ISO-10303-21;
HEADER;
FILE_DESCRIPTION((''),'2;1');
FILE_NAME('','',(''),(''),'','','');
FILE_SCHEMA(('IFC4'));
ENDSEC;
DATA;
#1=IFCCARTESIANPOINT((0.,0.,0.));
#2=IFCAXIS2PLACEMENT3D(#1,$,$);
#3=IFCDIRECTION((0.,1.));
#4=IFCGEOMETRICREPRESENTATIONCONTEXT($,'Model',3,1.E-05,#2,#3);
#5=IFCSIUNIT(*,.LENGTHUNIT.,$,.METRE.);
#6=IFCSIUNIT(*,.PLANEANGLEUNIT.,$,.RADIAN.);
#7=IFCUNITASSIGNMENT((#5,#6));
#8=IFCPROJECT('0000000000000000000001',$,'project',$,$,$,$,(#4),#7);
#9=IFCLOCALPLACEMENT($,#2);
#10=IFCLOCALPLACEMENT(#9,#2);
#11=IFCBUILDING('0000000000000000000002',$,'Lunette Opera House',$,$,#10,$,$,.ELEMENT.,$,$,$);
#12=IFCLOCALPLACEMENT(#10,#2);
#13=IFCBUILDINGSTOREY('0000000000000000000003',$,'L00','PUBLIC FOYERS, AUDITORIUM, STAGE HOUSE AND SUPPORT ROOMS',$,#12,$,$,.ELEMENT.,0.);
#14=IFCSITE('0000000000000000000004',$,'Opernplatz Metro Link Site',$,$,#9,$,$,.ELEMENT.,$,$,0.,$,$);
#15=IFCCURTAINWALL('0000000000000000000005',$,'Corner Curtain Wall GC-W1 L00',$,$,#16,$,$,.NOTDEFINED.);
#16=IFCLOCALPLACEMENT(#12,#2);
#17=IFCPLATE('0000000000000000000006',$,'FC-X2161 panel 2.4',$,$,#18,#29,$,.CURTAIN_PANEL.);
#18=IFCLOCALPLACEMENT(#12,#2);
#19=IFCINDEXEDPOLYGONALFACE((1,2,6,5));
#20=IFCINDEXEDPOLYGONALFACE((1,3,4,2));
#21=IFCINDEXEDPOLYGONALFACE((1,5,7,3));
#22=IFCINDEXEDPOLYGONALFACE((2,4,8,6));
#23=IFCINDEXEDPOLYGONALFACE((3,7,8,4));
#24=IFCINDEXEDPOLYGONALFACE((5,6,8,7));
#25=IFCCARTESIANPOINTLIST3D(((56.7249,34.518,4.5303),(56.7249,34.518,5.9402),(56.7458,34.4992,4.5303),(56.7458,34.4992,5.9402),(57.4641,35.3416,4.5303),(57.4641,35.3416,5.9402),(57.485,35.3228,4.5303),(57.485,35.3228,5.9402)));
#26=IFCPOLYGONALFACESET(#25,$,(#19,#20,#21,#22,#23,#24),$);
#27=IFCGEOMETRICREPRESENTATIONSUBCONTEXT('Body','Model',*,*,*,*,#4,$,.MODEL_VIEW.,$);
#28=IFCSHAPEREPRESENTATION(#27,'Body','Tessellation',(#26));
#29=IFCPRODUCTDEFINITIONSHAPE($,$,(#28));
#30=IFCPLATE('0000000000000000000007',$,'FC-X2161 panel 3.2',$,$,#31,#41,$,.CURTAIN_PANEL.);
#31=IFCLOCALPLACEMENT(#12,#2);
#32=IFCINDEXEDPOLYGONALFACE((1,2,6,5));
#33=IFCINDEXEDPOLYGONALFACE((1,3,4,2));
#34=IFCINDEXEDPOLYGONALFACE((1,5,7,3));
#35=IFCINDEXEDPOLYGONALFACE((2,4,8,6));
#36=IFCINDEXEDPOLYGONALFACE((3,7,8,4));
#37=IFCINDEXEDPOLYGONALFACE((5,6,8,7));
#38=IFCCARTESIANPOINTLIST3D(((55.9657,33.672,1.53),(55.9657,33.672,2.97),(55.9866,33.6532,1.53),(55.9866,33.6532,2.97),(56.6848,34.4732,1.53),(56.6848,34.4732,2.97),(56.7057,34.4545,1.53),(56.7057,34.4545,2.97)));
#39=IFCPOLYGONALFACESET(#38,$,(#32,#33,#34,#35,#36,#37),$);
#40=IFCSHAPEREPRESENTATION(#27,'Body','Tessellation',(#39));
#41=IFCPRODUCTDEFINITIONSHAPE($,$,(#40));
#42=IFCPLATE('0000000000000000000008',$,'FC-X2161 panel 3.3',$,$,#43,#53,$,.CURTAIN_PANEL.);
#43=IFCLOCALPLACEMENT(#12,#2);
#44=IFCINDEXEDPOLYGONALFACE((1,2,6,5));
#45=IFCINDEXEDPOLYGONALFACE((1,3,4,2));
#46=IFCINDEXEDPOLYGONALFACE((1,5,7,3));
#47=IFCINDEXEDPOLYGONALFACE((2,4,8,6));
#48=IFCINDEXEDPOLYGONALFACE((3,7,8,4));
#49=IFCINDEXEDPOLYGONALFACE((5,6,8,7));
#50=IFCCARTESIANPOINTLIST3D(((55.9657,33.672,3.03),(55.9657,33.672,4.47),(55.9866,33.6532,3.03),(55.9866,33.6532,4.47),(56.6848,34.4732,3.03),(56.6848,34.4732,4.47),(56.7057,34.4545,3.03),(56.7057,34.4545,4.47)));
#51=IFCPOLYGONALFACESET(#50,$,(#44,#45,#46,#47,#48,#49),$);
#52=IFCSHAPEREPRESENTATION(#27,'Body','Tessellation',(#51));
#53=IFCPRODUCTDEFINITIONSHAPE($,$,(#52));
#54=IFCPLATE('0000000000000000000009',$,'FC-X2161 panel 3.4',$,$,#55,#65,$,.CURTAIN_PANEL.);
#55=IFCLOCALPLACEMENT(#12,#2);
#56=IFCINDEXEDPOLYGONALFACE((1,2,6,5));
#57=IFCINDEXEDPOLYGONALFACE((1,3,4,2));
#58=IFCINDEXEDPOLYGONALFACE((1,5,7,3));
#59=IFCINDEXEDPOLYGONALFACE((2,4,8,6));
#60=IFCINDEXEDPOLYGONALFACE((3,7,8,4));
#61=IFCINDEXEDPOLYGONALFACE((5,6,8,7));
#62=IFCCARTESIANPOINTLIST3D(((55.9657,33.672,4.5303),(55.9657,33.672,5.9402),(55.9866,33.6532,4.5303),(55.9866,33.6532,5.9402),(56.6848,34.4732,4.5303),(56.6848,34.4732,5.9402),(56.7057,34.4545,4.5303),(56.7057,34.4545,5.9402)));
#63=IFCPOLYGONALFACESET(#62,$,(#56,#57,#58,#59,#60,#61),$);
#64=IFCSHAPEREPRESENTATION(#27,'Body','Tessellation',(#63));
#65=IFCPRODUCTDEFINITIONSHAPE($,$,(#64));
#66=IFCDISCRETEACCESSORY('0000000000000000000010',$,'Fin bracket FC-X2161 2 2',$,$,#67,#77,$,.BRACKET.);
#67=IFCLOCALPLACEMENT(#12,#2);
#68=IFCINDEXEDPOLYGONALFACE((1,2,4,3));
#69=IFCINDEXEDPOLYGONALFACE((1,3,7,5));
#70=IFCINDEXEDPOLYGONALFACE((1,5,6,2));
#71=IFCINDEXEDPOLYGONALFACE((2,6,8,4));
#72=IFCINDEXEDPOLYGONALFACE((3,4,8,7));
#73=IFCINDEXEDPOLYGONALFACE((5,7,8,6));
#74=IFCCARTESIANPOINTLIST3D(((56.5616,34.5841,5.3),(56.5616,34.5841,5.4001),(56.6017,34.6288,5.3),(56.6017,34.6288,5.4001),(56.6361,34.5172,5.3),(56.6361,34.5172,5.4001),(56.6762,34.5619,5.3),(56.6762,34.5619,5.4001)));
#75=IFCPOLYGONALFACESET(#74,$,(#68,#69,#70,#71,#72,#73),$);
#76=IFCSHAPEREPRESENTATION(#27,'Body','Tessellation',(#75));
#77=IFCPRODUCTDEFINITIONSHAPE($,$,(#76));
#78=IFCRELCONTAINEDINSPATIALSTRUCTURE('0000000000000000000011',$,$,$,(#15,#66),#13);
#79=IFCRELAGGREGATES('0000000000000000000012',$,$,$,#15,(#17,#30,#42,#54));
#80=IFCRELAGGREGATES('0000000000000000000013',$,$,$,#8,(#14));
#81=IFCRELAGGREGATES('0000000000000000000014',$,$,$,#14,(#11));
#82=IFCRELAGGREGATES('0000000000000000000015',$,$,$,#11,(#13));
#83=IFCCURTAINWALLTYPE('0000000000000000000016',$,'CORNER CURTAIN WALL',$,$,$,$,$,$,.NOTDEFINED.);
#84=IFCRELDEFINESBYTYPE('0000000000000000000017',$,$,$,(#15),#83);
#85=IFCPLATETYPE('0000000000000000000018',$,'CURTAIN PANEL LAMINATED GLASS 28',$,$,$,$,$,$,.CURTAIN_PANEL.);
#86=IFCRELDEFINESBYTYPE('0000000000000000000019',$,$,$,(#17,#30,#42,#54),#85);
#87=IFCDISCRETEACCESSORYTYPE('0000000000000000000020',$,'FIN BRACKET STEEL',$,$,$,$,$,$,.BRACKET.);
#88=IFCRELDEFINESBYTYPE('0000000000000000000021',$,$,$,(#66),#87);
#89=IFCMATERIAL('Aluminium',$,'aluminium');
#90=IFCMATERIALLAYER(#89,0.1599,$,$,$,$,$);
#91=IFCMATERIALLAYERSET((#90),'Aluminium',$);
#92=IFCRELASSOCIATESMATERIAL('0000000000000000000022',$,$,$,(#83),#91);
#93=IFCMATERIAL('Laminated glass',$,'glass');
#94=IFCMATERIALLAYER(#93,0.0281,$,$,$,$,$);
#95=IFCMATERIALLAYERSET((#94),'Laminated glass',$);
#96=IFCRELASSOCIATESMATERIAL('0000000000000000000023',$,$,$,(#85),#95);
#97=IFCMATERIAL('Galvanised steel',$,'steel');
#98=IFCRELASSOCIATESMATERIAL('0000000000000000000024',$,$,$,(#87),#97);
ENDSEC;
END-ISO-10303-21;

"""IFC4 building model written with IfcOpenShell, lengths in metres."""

from ifc_helpers import new_model, si_unit, direction, frame, origin, origin_2d, place, context, subcontext, project, spatial, rectangle, extrude, material, layer, layer_set, type_object, element, aggregate, save


model = new_model("IFC4")

# Units and contexts
model_context = context("Model", 3, precision=1e-05, world=origin(), true_north=direction((0.0, 1.0)))
body_context = subcontext(model_context, "Body", "Model", "MODEL_VIEW")
ifc_project = project(units=[si_unit("LENGTHUNIT", "METRE"), si_unit("PLANEANGLEUNIT", "RADIAN")], contexts=[model_context])

# Site, building, storey
site_placement = place(None, origin())
site = spatial("IfcSite", under=ifc_project, at=site_placement, Name="Opernplatz Metro Link Site", CompositionType="ELEMENT", RefElevation=0.0)
building_placement = place(site_placement, origin())
building = spatial("IfcBuilding", under=site, at=building_placement, Name="Lunette Opera House", CompositionType="ELEMENT")
storey_placement = place(building_placement, origin())
storey = spatial("IfcBuildingStorey", under=building, at=storey_placement, Name="L00", Description="PUBLIC FOYERS, AUDITORIUM, STAGE HOUSE AND SUPPORT ROOMS", CompositionType="ELEMENT", Elevation=0.0)

# Curtain wall
ifc_material_1 = material(Name="Aluminium", Category="aluminium")
ifc_layer_1 = layer(ifc_material_1, 0.1599)
ifc_layer_set_1 = layer_set([ifc_layer_1], Name="Aluminium")
curtain_wall_type_1 = type_object("IfcCurtainWallType", Name="CORNER CURTAIN WALL", PredefinedType="NOTDEFINED", material=ifc_layer_set_1)
curtain_wall_1_placement = place(storey_placement, origin())
curtain_wall_1 = element("IfcCurtainWall", 1, at=curtain_wall_1_placement, inside=storey, type_object=curtain_wall_type_1, Name="Corner Curtain Wall GC-W1 L00", PredefinedType="NOTDEFINED")

# Plates
ifc_material_2 = material(Name="Laminated glass", Category="glass")
ifc_layer_2 = layer(ifc_material_2, 0.0281)
ifc_layer_set_2 = layer_set([ifc_layer_2], Name="Laminated glass")
plate_type = type_object("IfcPlateType", Name="CURTAIN PANEL LAMINATED GLASS 28", PredefinedType="CURTAIN_PANEL", material=ifc_layer_set_2)
plate_1_placement = place(storey_placement, frame((57.105, 34.9204, 4.5303), z_axis=(0.0, 0.0, 1.0), x_axis=(-0.667938, -0.744217, 0.0)))
plate_1 = element("IfcPlate", 2, at=plate_1_placement, type_object=plate_type, Name="FC-X2161 panel 2.4", PredefinedType="CURTAIN_PANEL", context=body_context, shape_type="SweptSolid", body=[
    extrude(rectangle(XDim=1.1067, YDim=0.0281, at=origin_2d()), origin(), (0.0, 0.0, 1.0), 1.4099),
])
plate_2_placement = place(storey_placement, frame((56.3357, 34.0632, 1.53), z_axis=(0.0, 0.0, 1.0), x_axis=(-0.667938, -0.744217, 0.0)))
plate_2 = element("IfcPlate", 3, at=plate_2_placement, type_object=plate_type, Name="FC-X2161 panel 3.2", PredefinedType="CURTAIN_PANEL", context=body_context, shape_type="SweptSolid", body=[
    extrude(rectangle(XDim=1.0767, YDim=0.0281, at=origin_2d()), origin(), (0.0, 0.0, 1.0), 1.4399),
])
plate_3_placement = place(storey_placement, frame((56.3357, 34.0632, 3.03), z_axis=(0.0, 0.0, 1.0), x_axis=(-0.667938, -0.744217, 0.0)))
plate_3 = element("IfcPlate", 4, at=plate_3_placement, type_object=plate_type, Name="FC-X2161 panel 3.3", PredefinedType="CURTAIN_PANEL", context=body_context, shape_type="SweptSolid", body=[
    extrude(rectangle(XDim=1.0767, YDim=0.0281, at=origin_2d()), origin(), (0.0, 0.0, 1.0), 1.4399),
])
plate_4_placement = place(storey_placement, frame((56.3357, 34.0632, 4.5303), z_axis=(0.0, 0.0, 1.0), x_axis=(-0.667938, -0.744217, 0.0)))
plate_4 = element("IfcPlate", 5, at=plate_4_placement, type_object=plate_type, Name="FC-X2161 panel 3.4", PredefinedType="CURTAIN_PANEL", context=body_context, shape_type="SweptSolid", body=[
    extrude(rectangle(XDim=1.0767, YDim=0.0281, at=origin_2d()), origin(), (0.0, 0.0, 1.0), 1.4099),
])
aggregate(curtain_wall_1, [plate_1, plate_2, plate_3, plate_4])

# Discrete accessory
ifc_material_3 = material(Name="Galvanised steel", Category="steel")
discrete_accessory_type = type_object("IfcDiscreteAccessoryType", Name="FIN BRACKET STEEL", PredefinedType="BRACKET", material=ifc_material_3)
discrete_accessory_placement = place(storey_placement, frame((56.6189, 34.573, 5.3), z_axis=(0.0, 0.0, 1.0), x_axis=(-0.744217, 0.667938, 0.0)))
element("IfcDiscreteAccessory", 6, at=discrete_accessory_placement, inside=storey, type_object=discrete_accessory_type, Name="Fin bracket FC-X2161 2 2", PredefinedType="BRACKET", context=body_context, shape_type="SweptSolid", body=[
    extrude(rectangle(XDim=0.1001, YDim=0.0601, at=origin_2d()), origin(), (0.0, 0.0, 1.0), 0.1001),
])

save(model, "model.ifc")
